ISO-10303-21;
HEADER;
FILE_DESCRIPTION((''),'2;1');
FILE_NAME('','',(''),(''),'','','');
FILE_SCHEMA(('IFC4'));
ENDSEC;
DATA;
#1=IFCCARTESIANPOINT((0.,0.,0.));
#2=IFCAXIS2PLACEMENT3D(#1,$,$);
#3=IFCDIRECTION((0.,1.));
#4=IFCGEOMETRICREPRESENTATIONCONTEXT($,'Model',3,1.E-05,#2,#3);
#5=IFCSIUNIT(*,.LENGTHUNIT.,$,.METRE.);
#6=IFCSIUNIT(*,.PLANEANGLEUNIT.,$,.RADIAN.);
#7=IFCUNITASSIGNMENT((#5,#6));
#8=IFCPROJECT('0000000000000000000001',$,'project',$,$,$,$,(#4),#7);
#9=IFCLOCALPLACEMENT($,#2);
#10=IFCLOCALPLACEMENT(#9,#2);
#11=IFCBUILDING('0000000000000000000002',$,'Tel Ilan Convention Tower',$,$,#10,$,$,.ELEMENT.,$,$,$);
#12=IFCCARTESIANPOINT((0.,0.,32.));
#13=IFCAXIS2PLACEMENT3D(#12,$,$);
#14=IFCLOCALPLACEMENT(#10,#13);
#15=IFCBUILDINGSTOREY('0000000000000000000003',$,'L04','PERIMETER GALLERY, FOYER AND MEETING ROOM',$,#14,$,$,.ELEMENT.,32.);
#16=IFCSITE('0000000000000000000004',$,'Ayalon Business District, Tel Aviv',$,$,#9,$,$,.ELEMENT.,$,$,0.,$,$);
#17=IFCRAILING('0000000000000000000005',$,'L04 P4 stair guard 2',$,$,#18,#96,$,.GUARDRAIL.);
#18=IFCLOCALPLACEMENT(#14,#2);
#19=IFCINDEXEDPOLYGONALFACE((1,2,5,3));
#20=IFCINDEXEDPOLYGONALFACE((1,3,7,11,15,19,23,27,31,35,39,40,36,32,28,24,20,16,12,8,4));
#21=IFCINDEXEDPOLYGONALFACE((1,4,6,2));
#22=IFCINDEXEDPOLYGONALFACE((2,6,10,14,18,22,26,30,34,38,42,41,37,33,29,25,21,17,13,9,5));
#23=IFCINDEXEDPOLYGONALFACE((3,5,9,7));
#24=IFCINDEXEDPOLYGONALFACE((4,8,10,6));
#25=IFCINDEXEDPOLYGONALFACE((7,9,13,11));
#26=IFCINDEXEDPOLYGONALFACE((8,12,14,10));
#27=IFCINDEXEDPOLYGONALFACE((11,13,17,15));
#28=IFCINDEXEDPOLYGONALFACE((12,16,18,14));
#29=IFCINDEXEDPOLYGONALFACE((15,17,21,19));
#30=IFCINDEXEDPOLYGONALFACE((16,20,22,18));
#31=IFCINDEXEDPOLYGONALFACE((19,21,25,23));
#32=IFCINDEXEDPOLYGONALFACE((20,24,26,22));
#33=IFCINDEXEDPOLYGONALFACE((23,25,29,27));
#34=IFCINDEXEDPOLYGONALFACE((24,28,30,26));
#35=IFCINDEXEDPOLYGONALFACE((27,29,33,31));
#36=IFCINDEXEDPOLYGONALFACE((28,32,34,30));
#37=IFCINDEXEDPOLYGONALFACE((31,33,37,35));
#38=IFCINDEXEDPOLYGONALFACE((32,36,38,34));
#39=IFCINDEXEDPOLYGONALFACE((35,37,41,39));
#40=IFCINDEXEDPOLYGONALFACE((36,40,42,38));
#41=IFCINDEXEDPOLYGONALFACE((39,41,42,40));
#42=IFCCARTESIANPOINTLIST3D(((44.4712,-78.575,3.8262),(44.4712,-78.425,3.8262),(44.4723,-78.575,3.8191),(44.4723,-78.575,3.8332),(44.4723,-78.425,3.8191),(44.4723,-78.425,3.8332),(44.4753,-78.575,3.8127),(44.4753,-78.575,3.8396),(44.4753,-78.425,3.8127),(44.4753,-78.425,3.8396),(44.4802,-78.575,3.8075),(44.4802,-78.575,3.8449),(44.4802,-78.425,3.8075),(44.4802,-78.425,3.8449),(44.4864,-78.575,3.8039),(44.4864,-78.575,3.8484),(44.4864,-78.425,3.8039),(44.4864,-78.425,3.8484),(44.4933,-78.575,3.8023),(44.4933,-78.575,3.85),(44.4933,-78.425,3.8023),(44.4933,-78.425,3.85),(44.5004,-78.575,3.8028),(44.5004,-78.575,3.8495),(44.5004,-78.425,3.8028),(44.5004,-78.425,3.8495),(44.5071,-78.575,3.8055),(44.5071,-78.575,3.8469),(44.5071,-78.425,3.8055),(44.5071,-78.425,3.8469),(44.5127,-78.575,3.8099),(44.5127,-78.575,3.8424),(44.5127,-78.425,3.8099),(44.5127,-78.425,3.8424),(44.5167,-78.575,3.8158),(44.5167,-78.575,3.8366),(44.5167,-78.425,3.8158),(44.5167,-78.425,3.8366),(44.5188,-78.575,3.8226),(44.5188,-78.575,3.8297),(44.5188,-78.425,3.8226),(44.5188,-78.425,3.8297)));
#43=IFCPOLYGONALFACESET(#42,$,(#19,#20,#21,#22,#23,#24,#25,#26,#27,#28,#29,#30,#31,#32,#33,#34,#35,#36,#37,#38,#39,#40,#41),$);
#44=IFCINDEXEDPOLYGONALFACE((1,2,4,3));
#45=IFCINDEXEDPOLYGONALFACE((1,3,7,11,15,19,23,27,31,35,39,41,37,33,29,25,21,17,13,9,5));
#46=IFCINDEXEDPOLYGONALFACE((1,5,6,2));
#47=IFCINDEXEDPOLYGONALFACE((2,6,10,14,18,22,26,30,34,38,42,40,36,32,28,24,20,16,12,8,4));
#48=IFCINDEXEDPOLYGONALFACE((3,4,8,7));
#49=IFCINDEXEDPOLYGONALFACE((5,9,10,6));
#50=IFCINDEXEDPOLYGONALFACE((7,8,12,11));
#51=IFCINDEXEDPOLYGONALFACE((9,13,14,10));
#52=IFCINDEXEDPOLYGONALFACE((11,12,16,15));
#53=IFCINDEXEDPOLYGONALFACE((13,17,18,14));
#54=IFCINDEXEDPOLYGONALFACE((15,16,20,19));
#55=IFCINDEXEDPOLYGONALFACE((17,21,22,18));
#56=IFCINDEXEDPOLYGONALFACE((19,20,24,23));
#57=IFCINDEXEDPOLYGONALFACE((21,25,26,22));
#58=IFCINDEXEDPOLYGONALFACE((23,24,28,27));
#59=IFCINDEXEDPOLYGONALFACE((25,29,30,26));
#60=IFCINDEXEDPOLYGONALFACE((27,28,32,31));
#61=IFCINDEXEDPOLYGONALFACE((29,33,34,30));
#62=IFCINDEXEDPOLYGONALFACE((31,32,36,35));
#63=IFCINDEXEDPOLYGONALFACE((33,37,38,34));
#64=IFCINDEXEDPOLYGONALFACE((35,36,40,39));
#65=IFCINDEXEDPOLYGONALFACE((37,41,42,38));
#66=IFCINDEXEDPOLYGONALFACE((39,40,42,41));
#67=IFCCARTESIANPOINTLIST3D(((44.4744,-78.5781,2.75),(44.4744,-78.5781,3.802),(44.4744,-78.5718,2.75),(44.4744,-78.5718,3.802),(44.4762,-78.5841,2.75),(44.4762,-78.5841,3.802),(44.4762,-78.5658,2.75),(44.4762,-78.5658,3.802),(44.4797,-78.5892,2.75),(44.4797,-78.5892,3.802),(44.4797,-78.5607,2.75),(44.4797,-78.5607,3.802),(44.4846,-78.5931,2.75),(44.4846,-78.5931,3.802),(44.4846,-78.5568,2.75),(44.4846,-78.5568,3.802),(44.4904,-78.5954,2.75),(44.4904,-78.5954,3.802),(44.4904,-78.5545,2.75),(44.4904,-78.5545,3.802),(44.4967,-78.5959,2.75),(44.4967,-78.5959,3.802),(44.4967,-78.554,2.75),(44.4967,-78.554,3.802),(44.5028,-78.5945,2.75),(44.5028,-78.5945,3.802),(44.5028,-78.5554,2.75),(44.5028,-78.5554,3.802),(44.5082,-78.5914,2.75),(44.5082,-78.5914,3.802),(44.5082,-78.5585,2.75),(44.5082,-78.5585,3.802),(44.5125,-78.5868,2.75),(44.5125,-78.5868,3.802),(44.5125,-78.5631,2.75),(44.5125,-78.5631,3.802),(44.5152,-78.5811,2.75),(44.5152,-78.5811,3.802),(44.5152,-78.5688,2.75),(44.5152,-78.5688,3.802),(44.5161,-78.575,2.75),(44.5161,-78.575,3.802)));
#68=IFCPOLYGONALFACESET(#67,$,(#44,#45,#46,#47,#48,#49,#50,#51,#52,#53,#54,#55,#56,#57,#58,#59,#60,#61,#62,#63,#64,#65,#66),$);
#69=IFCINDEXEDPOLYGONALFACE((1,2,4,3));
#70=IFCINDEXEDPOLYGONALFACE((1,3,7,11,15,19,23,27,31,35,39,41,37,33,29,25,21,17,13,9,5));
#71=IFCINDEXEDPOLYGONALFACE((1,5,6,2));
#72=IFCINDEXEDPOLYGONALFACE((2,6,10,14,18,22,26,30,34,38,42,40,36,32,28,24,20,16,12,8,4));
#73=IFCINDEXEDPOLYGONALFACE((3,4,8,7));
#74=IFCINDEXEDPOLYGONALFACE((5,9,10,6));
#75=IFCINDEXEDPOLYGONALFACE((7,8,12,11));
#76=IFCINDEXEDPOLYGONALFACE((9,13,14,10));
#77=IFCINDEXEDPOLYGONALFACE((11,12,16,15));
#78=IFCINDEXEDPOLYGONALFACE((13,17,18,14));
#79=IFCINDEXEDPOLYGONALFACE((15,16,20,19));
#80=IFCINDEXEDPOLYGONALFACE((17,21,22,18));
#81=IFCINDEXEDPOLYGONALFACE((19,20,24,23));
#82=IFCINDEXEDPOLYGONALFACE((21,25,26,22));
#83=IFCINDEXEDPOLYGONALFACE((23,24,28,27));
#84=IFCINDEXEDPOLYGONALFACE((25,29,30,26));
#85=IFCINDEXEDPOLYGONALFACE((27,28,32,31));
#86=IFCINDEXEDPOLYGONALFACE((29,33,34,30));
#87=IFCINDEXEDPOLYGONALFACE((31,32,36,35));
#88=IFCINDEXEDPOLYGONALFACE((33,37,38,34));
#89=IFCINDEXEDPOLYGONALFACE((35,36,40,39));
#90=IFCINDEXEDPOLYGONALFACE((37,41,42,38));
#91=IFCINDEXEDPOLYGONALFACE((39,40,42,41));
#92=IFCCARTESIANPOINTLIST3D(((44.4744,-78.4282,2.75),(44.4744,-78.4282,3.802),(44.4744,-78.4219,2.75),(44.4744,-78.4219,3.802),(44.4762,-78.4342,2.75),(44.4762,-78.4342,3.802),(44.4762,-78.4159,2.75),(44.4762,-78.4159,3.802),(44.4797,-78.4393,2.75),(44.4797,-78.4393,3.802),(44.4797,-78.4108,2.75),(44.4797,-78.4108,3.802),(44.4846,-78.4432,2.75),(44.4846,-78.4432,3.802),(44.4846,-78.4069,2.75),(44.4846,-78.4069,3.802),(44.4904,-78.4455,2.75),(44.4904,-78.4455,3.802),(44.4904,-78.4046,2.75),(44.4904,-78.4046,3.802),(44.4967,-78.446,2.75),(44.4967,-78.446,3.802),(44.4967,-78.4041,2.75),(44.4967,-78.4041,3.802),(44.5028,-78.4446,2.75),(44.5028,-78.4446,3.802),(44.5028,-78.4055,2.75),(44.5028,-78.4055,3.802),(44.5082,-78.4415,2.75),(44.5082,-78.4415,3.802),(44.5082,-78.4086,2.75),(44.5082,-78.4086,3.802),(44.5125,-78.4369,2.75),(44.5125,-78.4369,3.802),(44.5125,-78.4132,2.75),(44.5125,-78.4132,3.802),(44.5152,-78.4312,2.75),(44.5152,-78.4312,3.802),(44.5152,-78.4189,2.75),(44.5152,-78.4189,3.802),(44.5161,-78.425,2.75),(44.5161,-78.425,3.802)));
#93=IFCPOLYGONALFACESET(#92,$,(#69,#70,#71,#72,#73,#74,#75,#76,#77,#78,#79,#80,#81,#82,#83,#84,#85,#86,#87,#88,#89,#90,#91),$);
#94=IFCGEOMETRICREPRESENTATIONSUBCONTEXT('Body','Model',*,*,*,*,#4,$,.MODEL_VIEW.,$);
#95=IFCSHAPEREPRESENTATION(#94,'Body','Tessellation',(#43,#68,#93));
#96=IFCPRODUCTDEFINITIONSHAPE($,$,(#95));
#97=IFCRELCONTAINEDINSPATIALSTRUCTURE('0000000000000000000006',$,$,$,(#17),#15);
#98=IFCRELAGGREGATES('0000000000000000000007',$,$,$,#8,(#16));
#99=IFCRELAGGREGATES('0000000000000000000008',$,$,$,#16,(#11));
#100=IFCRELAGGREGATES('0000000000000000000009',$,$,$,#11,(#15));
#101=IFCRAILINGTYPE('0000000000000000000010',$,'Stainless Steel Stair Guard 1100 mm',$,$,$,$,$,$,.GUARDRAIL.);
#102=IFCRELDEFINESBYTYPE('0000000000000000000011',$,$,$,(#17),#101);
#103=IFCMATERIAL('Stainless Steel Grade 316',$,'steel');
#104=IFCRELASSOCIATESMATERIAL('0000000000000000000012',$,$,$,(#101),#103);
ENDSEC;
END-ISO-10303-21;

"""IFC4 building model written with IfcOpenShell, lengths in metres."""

from ifc_helpers import new_model, si_unit, direction, frame, origin, origin_2d, place, context, subcontext, project, spatial, circle, extrude, material, type_object, element, save


model = new_model("IFC4")

# Units and contexts
model_context = context("Model", 3, precision=1e-05, world=origin(), true_north=direction((0.0, 1.0)))
body_context = subcontext(model_context, "Body", "Model", "MODEL_VIEW")
ifc_project = project(units=[si_unit("LENGTHUNIT", "METRE"), si_unit("PLANEANGLEUNIT", "RADIAN")], contexts=[model_context])

# Site, building, storey
site_placement = place(None, origin())
site = spatial("IfcSite", under=ifc_project, at=site_placement, Name="Ayalon Business District, Tel Aviv", CompositionType="ELEMENT", RefElevation=0.0)
building_placement = place(site_placement, origin())
building = spatial("IfcBuilding", under=site, at=building_placement, Name="Tel Ilan Convention Tower", CompositionType="ELEMENT")
storey_placement = place(building_placement, frame((0.0, 0.0, 32.0)))
storey = spatial("IfcBuildingStorey", under=building, at=storey_placement, Name="L04", Description="PERIMETER GALLERY, FOYER AND MEETING ROOM", CompositionType="ELEMENT", Elevation=32.0)

# Railing
ifc_material_1 = material(Name="Stainless Steel Grade 316", Category="steel")
railing_type_1 = type_object("IfcRailingType", Name="Stainless Steel Stair Guard 1100 mm", PredefinedType="GUARDRAIL", material=ifc_material_1)
railing_1_placement = place(storey_placement, frame((44.4951, -78.575, 2.75)))
element("IfcRailing", 1, at=railing_1_placement, inside=storey, type_object=railing_type_1, Name="L04 P4 stair guard 2", PredefinedType="GUARDRAIL", context=body_context, shape_type="SweptSolid", body=[
    extrude(circle(Radius=0.0239, at=origin_2d()), frame((0.0, 0.0, 1.0762), z_axis=(0.0, 1.0, 0.0), x_axis=(-1.0, 0.0, 0.0)), (0.0, 0.0, 1.0), 0.1499),
    extrude(circle(Radius=0.021, at=origin_2d()), origin(), (0.0, 0.0, 1.0), 1.052),
    extrude(circle(Radius=0.021, at=origin_2d()), frame((0.0, 0.1499, 0.0)), (0.0, 0.0, 1.0), 1.052),
])

save(model, "model.ifc")
